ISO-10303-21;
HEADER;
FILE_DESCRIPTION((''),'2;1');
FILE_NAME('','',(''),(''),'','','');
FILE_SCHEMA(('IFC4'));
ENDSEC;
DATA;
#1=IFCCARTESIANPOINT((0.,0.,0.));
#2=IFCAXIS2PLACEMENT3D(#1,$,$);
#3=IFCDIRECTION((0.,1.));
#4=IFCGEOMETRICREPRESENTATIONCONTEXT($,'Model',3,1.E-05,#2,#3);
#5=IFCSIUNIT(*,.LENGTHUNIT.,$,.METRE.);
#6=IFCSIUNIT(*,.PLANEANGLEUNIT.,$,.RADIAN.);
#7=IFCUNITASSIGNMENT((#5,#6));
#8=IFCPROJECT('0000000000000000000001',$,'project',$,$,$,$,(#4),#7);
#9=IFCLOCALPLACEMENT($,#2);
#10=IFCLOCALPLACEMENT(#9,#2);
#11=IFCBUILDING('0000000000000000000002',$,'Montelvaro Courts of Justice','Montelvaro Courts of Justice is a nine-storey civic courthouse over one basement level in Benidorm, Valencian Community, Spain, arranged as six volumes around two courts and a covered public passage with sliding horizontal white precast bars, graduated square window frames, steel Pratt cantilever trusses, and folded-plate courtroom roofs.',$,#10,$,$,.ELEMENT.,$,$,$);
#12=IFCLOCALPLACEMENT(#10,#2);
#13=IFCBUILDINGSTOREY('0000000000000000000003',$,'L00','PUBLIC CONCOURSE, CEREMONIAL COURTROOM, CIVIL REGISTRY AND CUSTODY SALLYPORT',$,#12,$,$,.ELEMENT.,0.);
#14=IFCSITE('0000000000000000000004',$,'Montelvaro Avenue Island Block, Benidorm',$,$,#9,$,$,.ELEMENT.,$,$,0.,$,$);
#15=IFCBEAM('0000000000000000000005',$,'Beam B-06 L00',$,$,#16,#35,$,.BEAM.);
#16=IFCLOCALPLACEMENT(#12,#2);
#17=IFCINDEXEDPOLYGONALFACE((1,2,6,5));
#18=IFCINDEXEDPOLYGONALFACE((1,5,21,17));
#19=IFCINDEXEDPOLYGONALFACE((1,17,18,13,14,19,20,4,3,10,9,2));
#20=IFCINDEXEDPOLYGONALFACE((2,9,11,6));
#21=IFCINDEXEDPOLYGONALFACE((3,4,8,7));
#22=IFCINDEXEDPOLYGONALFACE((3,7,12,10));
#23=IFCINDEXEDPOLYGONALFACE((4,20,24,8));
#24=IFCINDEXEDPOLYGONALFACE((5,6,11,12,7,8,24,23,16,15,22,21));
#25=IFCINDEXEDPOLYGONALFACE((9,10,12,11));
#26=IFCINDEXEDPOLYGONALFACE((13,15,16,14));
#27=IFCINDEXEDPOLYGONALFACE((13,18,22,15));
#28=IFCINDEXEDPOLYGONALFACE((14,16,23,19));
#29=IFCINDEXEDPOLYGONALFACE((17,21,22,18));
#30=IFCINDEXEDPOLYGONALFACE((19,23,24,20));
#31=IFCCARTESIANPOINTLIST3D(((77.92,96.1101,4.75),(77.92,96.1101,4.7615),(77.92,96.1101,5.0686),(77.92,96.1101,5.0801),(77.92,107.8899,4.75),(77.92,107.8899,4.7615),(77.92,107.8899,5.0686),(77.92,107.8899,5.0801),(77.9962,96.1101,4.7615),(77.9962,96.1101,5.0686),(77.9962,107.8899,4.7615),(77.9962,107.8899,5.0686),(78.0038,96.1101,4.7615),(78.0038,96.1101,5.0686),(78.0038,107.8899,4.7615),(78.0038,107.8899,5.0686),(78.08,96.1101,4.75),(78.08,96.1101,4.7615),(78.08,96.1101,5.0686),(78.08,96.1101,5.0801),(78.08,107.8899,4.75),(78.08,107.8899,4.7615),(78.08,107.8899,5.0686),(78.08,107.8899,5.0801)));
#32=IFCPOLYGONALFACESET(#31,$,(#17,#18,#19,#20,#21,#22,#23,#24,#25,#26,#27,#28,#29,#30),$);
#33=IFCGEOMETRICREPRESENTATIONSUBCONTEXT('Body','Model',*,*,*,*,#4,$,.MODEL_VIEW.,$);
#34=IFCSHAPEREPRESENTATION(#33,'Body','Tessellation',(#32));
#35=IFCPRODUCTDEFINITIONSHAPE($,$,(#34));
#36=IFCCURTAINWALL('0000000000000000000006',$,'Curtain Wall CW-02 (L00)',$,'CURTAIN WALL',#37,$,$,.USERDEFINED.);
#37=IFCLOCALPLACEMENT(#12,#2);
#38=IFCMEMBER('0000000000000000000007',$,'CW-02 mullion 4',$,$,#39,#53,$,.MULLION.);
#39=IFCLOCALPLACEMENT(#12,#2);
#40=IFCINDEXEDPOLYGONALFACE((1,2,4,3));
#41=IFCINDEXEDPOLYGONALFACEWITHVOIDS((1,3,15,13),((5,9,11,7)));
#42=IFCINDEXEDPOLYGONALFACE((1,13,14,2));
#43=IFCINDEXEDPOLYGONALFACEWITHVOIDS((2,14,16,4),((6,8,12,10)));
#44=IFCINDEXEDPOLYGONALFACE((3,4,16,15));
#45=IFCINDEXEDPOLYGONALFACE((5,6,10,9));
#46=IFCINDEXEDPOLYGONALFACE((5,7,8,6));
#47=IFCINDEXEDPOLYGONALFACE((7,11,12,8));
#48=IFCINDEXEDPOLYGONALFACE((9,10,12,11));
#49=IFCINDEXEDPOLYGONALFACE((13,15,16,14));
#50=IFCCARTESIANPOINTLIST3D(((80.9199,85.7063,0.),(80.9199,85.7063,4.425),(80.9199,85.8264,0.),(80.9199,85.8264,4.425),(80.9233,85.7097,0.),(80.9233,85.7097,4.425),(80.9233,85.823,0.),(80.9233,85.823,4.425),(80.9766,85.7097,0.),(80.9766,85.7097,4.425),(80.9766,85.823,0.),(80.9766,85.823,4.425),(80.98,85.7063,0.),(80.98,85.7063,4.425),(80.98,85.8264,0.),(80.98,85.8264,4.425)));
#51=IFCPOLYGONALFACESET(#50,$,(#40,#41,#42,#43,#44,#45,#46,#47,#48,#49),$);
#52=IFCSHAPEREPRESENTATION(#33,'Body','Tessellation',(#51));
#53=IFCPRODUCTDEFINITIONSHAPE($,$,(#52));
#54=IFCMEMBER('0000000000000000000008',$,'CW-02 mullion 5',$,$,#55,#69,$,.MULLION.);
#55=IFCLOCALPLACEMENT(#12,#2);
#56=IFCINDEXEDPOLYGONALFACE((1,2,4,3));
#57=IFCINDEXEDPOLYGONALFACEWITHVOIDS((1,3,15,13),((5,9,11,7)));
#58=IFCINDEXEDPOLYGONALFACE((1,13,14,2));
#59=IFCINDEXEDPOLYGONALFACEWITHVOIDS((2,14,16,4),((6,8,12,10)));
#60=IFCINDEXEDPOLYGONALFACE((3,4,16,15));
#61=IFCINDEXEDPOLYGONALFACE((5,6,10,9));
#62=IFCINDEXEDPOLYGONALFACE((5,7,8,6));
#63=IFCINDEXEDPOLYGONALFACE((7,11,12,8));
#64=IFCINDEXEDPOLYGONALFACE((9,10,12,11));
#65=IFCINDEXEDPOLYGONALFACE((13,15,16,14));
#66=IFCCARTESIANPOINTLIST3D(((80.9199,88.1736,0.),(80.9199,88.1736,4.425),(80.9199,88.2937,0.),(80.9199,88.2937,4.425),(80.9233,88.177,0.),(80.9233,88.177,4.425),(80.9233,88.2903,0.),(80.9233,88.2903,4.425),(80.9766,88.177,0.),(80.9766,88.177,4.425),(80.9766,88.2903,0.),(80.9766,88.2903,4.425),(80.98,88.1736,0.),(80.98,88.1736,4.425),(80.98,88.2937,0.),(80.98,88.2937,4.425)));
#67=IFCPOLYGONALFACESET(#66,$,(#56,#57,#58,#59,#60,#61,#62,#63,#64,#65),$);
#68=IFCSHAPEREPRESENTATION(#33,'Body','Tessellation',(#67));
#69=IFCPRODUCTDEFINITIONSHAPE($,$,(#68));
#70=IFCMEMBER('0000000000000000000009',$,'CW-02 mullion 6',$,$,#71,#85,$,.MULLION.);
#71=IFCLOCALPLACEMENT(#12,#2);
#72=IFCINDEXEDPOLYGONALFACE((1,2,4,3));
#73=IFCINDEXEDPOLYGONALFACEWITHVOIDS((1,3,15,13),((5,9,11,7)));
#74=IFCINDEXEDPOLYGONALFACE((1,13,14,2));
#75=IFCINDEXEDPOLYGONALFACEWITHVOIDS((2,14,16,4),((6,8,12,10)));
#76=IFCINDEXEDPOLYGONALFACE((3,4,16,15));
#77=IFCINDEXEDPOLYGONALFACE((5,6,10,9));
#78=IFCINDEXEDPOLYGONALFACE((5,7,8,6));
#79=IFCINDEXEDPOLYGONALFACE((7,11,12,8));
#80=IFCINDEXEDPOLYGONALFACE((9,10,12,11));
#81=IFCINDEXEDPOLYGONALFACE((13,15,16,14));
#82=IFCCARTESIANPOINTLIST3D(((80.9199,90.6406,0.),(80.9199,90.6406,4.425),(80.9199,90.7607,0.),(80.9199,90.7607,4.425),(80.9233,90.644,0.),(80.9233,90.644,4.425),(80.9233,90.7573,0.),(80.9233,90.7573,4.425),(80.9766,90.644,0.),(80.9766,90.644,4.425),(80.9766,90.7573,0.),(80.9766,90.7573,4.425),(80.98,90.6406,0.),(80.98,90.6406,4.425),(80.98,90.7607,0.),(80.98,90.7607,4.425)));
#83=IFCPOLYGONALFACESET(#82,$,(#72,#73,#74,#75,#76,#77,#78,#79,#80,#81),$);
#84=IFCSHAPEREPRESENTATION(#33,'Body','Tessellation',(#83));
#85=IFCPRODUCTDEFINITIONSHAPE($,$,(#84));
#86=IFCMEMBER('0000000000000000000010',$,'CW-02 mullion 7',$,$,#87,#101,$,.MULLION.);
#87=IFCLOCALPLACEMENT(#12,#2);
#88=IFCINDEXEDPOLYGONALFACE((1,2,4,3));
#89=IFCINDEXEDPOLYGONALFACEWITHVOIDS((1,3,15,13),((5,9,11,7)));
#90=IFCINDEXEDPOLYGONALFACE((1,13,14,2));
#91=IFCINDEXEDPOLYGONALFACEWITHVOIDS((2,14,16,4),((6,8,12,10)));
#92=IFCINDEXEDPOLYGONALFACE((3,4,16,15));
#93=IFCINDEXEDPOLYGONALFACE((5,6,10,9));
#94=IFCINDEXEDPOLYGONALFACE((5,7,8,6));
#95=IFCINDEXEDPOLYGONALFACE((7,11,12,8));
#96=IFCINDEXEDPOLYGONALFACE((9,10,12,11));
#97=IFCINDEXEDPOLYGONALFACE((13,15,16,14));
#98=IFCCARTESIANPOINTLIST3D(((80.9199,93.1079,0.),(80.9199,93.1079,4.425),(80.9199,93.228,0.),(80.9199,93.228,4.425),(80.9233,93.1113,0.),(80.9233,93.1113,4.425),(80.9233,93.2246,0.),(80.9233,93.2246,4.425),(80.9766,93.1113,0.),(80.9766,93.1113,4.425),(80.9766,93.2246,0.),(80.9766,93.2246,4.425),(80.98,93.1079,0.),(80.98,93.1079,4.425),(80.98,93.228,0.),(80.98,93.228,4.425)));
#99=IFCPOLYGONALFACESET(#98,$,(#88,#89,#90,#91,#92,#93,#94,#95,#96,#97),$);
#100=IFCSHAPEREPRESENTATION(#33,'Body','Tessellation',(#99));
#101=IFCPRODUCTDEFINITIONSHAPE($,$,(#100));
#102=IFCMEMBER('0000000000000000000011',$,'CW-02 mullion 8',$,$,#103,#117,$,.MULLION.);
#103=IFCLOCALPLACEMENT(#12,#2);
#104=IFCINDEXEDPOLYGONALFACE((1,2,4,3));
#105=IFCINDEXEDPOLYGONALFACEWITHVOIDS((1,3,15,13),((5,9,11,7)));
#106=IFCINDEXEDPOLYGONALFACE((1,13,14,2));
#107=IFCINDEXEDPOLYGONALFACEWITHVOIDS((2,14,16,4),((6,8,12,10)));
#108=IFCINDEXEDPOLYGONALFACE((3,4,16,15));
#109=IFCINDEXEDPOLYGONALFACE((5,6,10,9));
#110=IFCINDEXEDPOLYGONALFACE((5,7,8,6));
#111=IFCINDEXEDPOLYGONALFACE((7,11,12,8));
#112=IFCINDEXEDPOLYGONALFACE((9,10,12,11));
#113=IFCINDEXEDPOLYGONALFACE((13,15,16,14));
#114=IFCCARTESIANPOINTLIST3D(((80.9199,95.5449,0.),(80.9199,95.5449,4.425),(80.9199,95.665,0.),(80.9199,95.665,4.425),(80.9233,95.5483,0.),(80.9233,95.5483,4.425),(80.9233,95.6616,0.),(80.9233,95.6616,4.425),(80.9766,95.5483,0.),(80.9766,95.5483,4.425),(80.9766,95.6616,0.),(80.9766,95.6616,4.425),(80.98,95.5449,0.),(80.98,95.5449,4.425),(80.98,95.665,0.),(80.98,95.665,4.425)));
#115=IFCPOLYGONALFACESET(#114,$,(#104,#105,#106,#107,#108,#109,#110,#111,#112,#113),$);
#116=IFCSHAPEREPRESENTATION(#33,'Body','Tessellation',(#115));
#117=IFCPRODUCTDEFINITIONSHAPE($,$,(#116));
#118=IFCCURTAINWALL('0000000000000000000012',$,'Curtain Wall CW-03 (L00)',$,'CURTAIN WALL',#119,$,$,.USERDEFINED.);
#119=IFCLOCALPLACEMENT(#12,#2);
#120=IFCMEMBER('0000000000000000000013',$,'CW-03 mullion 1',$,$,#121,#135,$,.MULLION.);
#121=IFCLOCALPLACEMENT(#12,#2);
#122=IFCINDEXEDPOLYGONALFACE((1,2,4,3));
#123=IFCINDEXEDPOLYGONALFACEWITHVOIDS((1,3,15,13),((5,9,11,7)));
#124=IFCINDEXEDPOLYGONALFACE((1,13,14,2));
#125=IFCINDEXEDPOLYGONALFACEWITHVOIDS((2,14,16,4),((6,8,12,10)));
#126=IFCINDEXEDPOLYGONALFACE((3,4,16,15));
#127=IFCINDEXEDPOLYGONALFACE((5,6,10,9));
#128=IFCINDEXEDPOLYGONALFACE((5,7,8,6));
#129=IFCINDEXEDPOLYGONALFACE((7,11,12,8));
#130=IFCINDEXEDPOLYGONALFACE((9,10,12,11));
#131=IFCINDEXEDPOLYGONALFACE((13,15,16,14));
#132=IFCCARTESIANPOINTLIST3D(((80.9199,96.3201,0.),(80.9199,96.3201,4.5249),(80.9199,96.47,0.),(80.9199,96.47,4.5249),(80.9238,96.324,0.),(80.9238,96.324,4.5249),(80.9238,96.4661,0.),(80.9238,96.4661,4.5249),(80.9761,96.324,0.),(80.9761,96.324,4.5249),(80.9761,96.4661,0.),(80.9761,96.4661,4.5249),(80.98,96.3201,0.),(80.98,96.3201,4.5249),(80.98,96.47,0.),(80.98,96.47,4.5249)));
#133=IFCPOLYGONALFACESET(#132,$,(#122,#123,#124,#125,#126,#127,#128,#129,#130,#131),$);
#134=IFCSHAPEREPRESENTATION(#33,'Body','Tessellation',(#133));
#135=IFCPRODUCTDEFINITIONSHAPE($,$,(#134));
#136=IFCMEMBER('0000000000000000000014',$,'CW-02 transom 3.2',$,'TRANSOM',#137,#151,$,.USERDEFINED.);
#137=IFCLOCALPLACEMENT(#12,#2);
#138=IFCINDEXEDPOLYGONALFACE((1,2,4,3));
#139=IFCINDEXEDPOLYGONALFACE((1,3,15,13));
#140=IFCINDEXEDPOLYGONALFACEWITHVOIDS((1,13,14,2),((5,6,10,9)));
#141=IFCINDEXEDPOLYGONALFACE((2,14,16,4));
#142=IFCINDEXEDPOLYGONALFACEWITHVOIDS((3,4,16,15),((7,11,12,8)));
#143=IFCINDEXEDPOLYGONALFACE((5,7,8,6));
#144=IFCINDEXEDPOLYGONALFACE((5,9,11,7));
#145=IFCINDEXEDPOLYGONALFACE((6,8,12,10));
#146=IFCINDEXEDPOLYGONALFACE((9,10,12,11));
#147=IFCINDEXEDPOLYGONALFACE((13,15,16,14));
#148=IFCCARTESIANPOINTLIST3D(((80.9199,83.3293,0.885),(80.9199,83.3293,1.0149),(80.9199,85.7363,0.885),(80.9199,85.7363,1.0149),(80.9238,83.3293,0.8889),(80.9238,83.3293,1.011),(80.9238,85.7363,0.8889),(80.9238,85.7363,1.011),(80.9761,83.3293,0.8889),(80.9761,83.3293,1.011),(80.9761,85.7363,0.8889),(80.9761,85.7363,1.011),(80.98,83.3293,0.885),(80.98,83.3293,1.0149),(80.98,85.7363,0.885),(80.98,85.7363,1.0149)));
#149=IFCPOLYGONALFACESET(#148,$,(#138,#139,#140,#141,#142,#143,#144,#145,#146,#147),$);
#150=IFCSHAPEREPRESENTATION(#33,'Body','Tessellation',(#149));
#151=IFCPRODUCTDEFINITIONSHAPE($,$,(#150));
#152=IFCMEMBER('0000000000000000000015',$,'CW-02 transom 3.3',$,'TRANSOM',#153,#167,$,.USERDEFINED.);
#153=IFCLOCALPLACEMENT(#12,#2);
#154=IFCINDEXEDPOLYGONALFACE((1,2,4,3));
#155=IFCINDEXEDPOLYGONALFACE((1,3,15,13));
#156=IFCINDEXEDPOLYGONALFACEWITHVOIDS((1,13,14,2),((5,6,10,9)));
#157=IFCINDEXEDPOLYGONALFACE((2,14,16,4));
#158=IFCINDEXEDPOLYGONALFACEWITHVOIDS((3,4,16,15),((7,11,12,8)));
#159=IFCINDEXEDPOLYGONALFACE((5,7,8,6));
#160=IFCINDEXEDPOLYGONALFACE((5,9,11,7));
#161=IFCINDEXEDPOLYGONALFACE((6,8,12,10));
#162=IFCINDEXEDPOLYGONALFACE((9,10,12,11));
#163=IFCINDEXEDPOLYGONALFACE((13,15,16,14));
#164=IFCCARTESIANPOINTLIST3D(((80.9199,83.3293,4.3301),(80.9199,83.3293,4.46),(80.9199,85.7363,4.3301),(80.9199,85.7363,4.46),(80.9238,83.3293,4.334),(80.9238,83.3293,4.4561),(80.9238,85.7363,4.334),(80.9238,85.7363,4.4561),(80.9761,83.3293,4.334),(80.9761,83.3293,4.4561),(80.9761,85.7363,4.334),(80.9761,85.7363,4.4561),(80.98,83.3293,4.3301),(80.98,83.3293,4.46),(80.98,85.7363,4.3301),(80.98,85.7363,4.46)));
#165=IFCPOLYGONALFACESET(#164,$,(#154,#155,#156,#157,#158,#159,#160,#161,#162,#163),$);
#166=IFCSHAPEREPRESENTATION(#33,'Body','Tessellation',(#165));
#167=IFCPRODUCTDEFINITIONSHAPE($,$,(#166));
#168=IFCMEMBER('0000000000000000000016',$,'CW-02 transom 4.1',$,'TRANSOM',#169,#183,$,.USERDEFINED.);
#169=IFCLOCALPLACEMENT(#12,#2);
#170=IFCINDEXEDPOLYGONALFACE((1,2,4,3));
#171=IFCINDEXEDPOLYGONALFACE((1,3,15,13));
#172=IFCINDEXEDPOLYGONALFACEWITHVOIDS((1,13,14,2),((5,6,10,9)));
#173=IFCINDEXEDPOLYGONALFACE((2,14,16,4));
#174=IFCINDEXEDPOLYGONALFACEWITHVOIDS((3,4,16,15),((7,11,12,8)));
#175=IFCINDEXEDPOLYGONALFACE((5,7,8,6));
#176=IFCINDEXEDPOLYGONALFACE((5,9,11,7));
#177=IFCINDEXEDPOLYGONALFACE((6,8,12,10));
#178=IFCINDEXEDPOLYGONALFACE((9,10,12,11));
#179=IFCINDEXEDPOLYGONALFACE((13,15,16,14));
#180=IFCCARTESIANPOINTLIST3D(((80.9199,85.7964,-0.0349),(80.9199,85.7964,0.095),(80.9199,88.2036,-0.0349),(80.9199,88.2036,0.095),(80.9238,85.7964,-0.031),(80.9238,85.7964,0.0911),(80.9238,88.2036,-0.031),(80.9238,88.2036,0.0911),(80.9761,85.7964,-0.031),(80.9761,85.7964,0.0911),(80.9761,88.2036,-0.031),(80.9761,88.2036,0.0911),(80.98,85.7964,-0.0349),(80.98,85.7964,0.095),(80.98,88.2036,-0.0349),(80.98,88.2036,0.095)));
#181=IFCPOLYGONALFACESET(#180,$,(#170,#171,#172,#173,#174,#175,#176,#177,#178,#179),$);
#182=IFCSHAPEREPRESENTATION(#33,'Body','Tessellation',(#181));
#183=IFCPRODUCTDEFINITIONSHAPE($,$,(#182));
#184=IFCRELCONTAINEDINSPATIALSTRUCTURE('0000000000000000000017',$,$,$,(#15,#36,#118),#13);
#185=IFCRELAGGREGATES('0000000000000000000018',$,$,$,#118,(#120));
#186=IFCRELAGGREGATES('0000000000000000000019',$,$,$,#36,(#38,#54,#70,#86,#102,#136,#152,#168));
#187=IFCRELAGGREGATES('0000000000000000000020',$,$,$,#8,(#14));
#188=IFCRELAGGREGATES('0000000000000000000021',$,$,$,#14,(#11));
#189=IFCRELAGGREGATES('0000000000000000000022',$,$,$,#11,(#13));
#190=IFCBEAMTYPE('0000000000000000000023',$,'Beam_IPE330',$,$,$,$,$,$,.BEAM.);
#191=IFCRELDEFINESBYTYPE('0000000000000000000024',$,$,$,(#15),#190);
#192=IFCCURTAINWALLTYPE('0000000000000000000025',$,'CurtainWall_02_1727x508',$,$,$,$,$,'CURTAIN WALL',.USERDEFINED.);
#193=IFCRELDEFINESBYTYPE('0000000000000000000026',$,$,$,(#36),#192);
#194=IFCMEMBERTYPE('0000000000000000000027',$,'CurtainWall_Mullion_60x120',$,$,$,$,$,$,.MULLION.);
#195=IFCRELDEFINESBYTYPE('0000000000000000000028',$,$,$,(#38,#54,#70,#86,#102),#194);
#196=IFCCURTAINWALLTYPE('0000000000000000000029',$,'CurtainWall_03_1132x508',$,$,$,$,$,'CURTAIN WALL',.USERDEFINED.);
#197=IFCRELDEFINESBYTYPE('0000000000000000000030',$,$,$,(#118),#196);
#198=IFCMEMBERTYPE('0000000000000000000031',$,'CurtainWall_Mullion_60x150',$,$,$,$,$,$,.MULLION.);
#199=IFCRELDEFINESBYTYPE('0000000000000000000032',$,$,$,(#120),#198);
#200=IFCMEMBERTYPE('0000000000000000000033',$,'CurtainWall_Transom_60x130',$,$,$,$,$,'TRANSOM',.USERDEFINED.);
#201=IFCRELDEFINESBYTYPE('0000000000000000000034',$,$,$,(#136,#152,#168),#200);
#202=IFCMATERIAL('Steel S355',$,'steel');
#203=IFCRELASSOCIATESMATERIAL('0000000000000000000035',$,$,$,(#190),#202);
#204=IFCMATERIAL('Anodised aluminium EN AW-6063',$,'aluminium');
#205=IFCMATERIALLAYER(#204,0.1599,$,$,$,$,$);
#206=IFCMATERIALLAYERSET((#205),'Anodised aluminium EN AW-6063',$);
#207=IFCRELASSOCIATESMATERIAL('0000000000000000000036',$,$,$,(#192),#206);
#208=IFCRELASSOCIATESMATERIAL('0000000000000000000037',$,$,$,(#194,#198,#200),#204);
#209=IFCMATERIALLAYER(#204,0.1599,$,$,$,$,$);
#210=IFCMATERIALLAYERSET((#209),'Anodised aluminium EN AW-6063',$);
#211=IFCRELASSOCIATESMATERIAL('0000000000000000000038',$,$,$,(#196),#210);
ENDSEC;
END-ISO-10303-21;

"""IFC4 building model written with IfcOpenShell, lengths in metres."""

from ifc_helpers import new_model, si_unit, direction, frame, origin, origin_2d, place, context, subcontext, project, spatial, hollow_rectangle, i_section, extrude, material, layer, layer_set, material_profile, profile_set, type_object, element, aggregate, save


model = new_model("IFC4")

# Units and contexts
model_context = context("Model", 3, precision=1e-05, world=origin(), true_north=direction((0.0, 1.0)))
body_context = subcontext(model_context, "Body", "Model", "MODEL_VIEW")
ifc_project = project(units=[si_unit("LENGTHUNIT", "METRE"), si_unit("PLANEANGLEUNIT", "RADIAN")], contexts=[model_context])

# Site, building, storey
site_placement = place(None, origin())
site = spatial("IfcSite", under=ifc_project, at=site_placement, Name="Montelvaro Avenue Island Block, Benidorm", CompositionType="ELEMENT", RefElevation=0.0)
building_placement = place(site_placement, origin())
building = spatial("IfcBuilding", under=site, at=building_placement, Name="Montelvaro Courts of Justice", Description="Montelvaro Courts of Justice is a nine-storey civic courthouse over one basement level in Benidorm, Valencian Community, Spain, arranged as six volumes around two courts and a covered public passage with sliding horizontal white precast bars, graduated square window frames, steel Pratt cantilever trusses, and folded-plate courtroom roofs.", CompositionType="ELEMENT")
storey_placement = place(building_placement, origin())
storey = spatial("IfcBuildingStorey", under=building, at=storey_placement, Name="L00", Description="PUBLIC CONCOURSE, CEREMONIAL COURTROOM, CIVIL REGISTRY AND CUSTODY SALLYPORT", CompositionType="ELEMENT", Elevation=0.0)

# Beam
ifc_material_1 = material(Name="Steel S355", Category="steel")
ifc_material_profile_1 = material_profile(ifc_material_1, i_section(OverallWidth=0.1599, OverallDepth=0.3301, WebThickness=0.0076, FlangeThickness=0.0115, at=origin_2d()), Name="IPE 330")
ifc_profile_set_1 = profile_set([ifc_material_profile_1], Name="Steel S355")
beam_type = type_object("IfcBeamType", Name="Beam_IPE330", PredefinedType="BEAM", material=ifc_profile_set_1)
beam_placement = place(storey_placement, frame((78.0, 96.1101, 4.915), z_axis=(0.0, 1.0, 0.0), x_axis=(-1.0, 0.0, 0.0)))
element("IfcBeam", 1, at=beam_placement, inside=storey, type_object=beam_type, Name="Beam B-06 L00", PredefinedType="BEAM", context=body_context, shape_type="SweptSolid", body=[
    extrude(i_section(OverallWidth=0.1599, OverallDepth=0.3301, WebThickness=0.0076, FlangeThickness=0.0115, at=origin_2d()), origin(), (0.0, 0.0, 1.0), 11.7798),
])

# Curtain wall, members
ifc_material_2 = material(Name="Anodised aluminium EN AW-6063", Category="aluminium")
ifc_layer_1 = layer(ifc_material_2, 0.1599)
ifc_layer_set_1 = layer_set([ifc_layer_1], Name="Anodised aluminium EN AW-6063")
curtain_wall_type_1 = type_object("IfcCurtainWallType", Name="CurtainWall_02_1727x508", ElementType="CURTAIN WALL", PredefinedType="USERDEFINED", material=ifc_layer_set_1)
curtain_wall_1_placement = place(storey_placement, origin())
curtain_wall_1 = element("IfcCurtainWall", 2, at=curtain_wall_1_placement, inside=storey, type_object=curtain_wall_type_1, Name="Curtain Wall CW-02 (L00)", ObjectType="CURTAIN WALL", PredefinedType="USERDEFINED")
ifc_material_profile_2 = material_profile(ifc_material_2, hollow_rectangle(XDim=0.0601, YDim=0.1201, WallThickness=0.0034, at=origin_2d()), Name="ALU-M 60x120")
ifc_profile_set_2 = profile_set([ifc_material_profile_2], Name="Anodised aluminium EN AW-6063")
member_type_1 = type_object("IfcMemberType", Name="CurtainWall_Mullion_60x120", PredefinedType="MULLION", material=ifc_profile_set_2)
member_1_placement = place(storey_placement, frame((80.95, 85.7664, 0.0), z_axis=(0.0, 0.0, 1.0), x_axis=(-1.0, 0.0, 0.0)))
member_1 = element("IfcMember", 3, at=member_1_placement, type_object=member_type_1, Name="CW-02 mullion 4", PredefinedType="MULLION", context=body_context, shape_type="SweptSolid", body=[
    extrude(hollow_rectangle(XDim=0.0601, YDim=0.1201, WallThickness=0.0034, at=origin_2d()), origin(), (0.0, 0.0, 1.0), 4.425),
])
member_2_placement = place(storey_placement, frame((80.95, 88.2336, 0.0), z_axis=(0.0, 0.0, 1.0), x_axis=(-1.0, 0.0, 0.0)))
member_2 = element("IfcMember", 4, at=member_2_placement, type_object=member_type_1, Name="CW-02 mullion 5", PredefinedType="MULLION", context=body_context, shape_type="SweptSolid", body=[
    extrude(hollow_rectangle(XDim=0.0601, YDim=0.1201, WallThickness=0.0034, at=origin_2d()), origin(), (0.0, 0.0, 1.0), 4.425),
])
member_3_placement = place(storey_placement, frame((80.95, 90.7007, 0.0), z_axis=(0.0, 0.0, 1.0), x_axis=(-1.0, 0.0, 0.0)))
member_3 = element("IfcMember", 5, at=member_3_placement, type_object=member_type_1, Name="CW-02 mullion 6", PredefinedType="MULLION", context=body_context, shape_type="SweptSolid", body=[
    extrude(hollow_rectangle(XDim=0.0601, YDim=0.1201, WallThickness=0.0034, at=origin_2d()), origin(), (0.0, 0.0, 1.0), 4.425),
])
member_4_placement = place(storey_placement, frame((80.95, 93.168, 0.0), z_axis=(0.0, 0.0, 1.0), x_axis=(-1.0, 0.0, 0.0)))
member_4 = element("IfcMember", 6, at=member_4_placement, type_object=member_type_1, Name="CW-02 mullion 7", PredefinedType="MULLION", context=body_context, shape_type="SweptSolid", body=[
    extrude(hollow_rectangle(XDim=0.0601, YDim=0.1201, WallThickness=0.0034, at=origin_2d()), origin(), (0.0, 0.0, 1.0), 4.425),
])
member_5_placement = place(storey_placement, frame((80.95, 95.605, 0.0), z_axis=(0.0, 0.0, 1.0), x_axis=(-1.0, 0.0, 0.0)))
member_5 = element("IfcMember", 7, at=member_5_placement, type_object=member_type_1, Name="CW-02 mullion 8", PredefinedType="MULLION", context=body_context, shape_type="SweptSolid", body=[
    extrude(hollow_rectangle(XDim=0.0601, YDim=0.1201, WallThickness=0.0034, at=origin_2d()), origin(), (0.0, 0.0, 1.0), 4.425),
])

# Curtain wall, member
ifc_layer_2 = layer(ifc_material_2, 0.1599)
ifc_layer_set_2 = layer_set([ifc_layer_2], Name="Anodised aluminium EN AW-6063")
curtain_wall_type_2 = type_object("IfcCurtainWallType", Name="CurtainWall_03_1132x508", ElementType="CURTAIN WALL", PredefinedType="USERDEFINED", material=ifc_layer_set_2)
curtain_wall_2_placement = place(storey_placement, origin())
curtain_wall_2 = element("IfcCurtainWall", 8, at=curtain_wall_2_placement, inside=storey, type_object=curtain_wall_type_2, Name="Curtain Wall CW-03 (L00)", ObjectType="CURTAIN WALL", PredefinedType="USERDEFINED")
ifc_material_profile_3 = material_profile(ifc_material_2, hollow_rectangle(XDim=0.0601, YDim=0.1499, WallThickness=0.0039, at=origin_2d()), Name="ALU-M 60x150")
ifc_profile_set_3 = profile_set([ifc_material_profile_3], Name="Anodised aluminium EN AW-6063")
member_type_2 = type_object("IfcMemberType", Name="CurtainWall_Mullion_60x150", PredefinedType="MULLION", material=ifc_profile_set_3)
member_6_placement = place(storey_placement, frame((80.95, 96.395, 0.0), z_axis=(0.0, 0.0, 1.0), x_axis=(-1.0, 0.0, 0.0)))
member_6 = element("IfcMember", 9, at=member_6_placement, type_object=member_type_2, Name="CW-03 mullion 1", PredefinedType="MULLION", context=body_context, shape_type="SweptSolid", body=[
    extrude(hollow_rectangle(XDim=0.0601, YDim=0.1499, WallThickness=0.0039, at=origin_2d()), origin(), (0.0, 0.0, 1.0), 4.5249),
])
aggregate(curtain_wall_2, [member_6])

# Members
ifc_material_profile_4 = material_profile(ifc_material_2, hollow_rectangle(XDim=0.0601, YDim=0.1299, WallThickness=0.0039, at=origin_2d()), Name="ALU-T 60x130")
ifc_profile_set_4 = profile_set([ifc_material_profile_4], Name="Anodised aluminium EN AW-6063")
member_type_3 = type_object("IfcMemberType", Name="CurtainWall_Transom_60x130", ElementType="TRANSOM", PredefinedType="USERDEFINED", material=ifc_profile_set_4)
member_7_placement = place(storey_placement, frame((80.95, 83.3293, 0.95), z_axis=(0.0, 1.0, 0.0), x_axis=(-1.0, 0.0, 0.0)))
member_7 = element("IfcMember", 10, at=member_7_placement, type_object=member_type_3, Name="CW-02 transom 3.2", ObjectType="TRANSOM", PredefinedType="USERDEFINED", context=body_context, shape_type="SweptSolid", body=[
    extrude(hollow_rectangle(XDim=0.0601, YDim=0.1299, WallThickness=0.0039, at=origin_2d()), origin(), (0.0, 0.0, 1.0), 2.407),
])
member_8_placement = place(storey_placement, frame((80.95, 83.3293, 4.395), z_axis=(0.0, 1.0, 0.0), x_axis=(-1.0, 0.0, 0.0)))
member_8 = element("IfcMember", 11, at=member_8_placement, type_object=member_type_3, Name="CW-02 transom 3.3", ObjectType="TRANSOM", PredefinedType="USERDEFINED", context=body_context, shape_type="SweptSolid", body=[
    extrude(hollow_rectangle(XDim=0.0601, YDim=0.1299, WallThickness=0.0039, at=origin_2d()), origin(), (0.0, 0.0, 1.0), 2.407),
])
member_9_placement = place(storey_placement, frame((80.95, 85.7964, 0.03), z_axis=(0.0, 1.0, 0.0), x_axis=(-1.0, 0.0, 0.0)))
member_9 = element("IfcMember", 12, at=member_9_placement, type_object=member_type_3, Name="CW-02 transom 4.1", ObjectType="TRANSOM", PredefinedType="USERDEFINED", context=body_context, shape_type="SweptSolid", body=[
    extrude(hollow_rectangle(XDim=0.0601, YDim=0.1299, WallThickness=0.0039, at=origin_2d()), origin(), (0.0, 0.0, 1.0), 2.4072),
])

aggregate(curtain_wall_1, [member_1, member_2, member_3, member_4, member_5, member_7, member_8, member_9])

save(model, "model.ifc")
